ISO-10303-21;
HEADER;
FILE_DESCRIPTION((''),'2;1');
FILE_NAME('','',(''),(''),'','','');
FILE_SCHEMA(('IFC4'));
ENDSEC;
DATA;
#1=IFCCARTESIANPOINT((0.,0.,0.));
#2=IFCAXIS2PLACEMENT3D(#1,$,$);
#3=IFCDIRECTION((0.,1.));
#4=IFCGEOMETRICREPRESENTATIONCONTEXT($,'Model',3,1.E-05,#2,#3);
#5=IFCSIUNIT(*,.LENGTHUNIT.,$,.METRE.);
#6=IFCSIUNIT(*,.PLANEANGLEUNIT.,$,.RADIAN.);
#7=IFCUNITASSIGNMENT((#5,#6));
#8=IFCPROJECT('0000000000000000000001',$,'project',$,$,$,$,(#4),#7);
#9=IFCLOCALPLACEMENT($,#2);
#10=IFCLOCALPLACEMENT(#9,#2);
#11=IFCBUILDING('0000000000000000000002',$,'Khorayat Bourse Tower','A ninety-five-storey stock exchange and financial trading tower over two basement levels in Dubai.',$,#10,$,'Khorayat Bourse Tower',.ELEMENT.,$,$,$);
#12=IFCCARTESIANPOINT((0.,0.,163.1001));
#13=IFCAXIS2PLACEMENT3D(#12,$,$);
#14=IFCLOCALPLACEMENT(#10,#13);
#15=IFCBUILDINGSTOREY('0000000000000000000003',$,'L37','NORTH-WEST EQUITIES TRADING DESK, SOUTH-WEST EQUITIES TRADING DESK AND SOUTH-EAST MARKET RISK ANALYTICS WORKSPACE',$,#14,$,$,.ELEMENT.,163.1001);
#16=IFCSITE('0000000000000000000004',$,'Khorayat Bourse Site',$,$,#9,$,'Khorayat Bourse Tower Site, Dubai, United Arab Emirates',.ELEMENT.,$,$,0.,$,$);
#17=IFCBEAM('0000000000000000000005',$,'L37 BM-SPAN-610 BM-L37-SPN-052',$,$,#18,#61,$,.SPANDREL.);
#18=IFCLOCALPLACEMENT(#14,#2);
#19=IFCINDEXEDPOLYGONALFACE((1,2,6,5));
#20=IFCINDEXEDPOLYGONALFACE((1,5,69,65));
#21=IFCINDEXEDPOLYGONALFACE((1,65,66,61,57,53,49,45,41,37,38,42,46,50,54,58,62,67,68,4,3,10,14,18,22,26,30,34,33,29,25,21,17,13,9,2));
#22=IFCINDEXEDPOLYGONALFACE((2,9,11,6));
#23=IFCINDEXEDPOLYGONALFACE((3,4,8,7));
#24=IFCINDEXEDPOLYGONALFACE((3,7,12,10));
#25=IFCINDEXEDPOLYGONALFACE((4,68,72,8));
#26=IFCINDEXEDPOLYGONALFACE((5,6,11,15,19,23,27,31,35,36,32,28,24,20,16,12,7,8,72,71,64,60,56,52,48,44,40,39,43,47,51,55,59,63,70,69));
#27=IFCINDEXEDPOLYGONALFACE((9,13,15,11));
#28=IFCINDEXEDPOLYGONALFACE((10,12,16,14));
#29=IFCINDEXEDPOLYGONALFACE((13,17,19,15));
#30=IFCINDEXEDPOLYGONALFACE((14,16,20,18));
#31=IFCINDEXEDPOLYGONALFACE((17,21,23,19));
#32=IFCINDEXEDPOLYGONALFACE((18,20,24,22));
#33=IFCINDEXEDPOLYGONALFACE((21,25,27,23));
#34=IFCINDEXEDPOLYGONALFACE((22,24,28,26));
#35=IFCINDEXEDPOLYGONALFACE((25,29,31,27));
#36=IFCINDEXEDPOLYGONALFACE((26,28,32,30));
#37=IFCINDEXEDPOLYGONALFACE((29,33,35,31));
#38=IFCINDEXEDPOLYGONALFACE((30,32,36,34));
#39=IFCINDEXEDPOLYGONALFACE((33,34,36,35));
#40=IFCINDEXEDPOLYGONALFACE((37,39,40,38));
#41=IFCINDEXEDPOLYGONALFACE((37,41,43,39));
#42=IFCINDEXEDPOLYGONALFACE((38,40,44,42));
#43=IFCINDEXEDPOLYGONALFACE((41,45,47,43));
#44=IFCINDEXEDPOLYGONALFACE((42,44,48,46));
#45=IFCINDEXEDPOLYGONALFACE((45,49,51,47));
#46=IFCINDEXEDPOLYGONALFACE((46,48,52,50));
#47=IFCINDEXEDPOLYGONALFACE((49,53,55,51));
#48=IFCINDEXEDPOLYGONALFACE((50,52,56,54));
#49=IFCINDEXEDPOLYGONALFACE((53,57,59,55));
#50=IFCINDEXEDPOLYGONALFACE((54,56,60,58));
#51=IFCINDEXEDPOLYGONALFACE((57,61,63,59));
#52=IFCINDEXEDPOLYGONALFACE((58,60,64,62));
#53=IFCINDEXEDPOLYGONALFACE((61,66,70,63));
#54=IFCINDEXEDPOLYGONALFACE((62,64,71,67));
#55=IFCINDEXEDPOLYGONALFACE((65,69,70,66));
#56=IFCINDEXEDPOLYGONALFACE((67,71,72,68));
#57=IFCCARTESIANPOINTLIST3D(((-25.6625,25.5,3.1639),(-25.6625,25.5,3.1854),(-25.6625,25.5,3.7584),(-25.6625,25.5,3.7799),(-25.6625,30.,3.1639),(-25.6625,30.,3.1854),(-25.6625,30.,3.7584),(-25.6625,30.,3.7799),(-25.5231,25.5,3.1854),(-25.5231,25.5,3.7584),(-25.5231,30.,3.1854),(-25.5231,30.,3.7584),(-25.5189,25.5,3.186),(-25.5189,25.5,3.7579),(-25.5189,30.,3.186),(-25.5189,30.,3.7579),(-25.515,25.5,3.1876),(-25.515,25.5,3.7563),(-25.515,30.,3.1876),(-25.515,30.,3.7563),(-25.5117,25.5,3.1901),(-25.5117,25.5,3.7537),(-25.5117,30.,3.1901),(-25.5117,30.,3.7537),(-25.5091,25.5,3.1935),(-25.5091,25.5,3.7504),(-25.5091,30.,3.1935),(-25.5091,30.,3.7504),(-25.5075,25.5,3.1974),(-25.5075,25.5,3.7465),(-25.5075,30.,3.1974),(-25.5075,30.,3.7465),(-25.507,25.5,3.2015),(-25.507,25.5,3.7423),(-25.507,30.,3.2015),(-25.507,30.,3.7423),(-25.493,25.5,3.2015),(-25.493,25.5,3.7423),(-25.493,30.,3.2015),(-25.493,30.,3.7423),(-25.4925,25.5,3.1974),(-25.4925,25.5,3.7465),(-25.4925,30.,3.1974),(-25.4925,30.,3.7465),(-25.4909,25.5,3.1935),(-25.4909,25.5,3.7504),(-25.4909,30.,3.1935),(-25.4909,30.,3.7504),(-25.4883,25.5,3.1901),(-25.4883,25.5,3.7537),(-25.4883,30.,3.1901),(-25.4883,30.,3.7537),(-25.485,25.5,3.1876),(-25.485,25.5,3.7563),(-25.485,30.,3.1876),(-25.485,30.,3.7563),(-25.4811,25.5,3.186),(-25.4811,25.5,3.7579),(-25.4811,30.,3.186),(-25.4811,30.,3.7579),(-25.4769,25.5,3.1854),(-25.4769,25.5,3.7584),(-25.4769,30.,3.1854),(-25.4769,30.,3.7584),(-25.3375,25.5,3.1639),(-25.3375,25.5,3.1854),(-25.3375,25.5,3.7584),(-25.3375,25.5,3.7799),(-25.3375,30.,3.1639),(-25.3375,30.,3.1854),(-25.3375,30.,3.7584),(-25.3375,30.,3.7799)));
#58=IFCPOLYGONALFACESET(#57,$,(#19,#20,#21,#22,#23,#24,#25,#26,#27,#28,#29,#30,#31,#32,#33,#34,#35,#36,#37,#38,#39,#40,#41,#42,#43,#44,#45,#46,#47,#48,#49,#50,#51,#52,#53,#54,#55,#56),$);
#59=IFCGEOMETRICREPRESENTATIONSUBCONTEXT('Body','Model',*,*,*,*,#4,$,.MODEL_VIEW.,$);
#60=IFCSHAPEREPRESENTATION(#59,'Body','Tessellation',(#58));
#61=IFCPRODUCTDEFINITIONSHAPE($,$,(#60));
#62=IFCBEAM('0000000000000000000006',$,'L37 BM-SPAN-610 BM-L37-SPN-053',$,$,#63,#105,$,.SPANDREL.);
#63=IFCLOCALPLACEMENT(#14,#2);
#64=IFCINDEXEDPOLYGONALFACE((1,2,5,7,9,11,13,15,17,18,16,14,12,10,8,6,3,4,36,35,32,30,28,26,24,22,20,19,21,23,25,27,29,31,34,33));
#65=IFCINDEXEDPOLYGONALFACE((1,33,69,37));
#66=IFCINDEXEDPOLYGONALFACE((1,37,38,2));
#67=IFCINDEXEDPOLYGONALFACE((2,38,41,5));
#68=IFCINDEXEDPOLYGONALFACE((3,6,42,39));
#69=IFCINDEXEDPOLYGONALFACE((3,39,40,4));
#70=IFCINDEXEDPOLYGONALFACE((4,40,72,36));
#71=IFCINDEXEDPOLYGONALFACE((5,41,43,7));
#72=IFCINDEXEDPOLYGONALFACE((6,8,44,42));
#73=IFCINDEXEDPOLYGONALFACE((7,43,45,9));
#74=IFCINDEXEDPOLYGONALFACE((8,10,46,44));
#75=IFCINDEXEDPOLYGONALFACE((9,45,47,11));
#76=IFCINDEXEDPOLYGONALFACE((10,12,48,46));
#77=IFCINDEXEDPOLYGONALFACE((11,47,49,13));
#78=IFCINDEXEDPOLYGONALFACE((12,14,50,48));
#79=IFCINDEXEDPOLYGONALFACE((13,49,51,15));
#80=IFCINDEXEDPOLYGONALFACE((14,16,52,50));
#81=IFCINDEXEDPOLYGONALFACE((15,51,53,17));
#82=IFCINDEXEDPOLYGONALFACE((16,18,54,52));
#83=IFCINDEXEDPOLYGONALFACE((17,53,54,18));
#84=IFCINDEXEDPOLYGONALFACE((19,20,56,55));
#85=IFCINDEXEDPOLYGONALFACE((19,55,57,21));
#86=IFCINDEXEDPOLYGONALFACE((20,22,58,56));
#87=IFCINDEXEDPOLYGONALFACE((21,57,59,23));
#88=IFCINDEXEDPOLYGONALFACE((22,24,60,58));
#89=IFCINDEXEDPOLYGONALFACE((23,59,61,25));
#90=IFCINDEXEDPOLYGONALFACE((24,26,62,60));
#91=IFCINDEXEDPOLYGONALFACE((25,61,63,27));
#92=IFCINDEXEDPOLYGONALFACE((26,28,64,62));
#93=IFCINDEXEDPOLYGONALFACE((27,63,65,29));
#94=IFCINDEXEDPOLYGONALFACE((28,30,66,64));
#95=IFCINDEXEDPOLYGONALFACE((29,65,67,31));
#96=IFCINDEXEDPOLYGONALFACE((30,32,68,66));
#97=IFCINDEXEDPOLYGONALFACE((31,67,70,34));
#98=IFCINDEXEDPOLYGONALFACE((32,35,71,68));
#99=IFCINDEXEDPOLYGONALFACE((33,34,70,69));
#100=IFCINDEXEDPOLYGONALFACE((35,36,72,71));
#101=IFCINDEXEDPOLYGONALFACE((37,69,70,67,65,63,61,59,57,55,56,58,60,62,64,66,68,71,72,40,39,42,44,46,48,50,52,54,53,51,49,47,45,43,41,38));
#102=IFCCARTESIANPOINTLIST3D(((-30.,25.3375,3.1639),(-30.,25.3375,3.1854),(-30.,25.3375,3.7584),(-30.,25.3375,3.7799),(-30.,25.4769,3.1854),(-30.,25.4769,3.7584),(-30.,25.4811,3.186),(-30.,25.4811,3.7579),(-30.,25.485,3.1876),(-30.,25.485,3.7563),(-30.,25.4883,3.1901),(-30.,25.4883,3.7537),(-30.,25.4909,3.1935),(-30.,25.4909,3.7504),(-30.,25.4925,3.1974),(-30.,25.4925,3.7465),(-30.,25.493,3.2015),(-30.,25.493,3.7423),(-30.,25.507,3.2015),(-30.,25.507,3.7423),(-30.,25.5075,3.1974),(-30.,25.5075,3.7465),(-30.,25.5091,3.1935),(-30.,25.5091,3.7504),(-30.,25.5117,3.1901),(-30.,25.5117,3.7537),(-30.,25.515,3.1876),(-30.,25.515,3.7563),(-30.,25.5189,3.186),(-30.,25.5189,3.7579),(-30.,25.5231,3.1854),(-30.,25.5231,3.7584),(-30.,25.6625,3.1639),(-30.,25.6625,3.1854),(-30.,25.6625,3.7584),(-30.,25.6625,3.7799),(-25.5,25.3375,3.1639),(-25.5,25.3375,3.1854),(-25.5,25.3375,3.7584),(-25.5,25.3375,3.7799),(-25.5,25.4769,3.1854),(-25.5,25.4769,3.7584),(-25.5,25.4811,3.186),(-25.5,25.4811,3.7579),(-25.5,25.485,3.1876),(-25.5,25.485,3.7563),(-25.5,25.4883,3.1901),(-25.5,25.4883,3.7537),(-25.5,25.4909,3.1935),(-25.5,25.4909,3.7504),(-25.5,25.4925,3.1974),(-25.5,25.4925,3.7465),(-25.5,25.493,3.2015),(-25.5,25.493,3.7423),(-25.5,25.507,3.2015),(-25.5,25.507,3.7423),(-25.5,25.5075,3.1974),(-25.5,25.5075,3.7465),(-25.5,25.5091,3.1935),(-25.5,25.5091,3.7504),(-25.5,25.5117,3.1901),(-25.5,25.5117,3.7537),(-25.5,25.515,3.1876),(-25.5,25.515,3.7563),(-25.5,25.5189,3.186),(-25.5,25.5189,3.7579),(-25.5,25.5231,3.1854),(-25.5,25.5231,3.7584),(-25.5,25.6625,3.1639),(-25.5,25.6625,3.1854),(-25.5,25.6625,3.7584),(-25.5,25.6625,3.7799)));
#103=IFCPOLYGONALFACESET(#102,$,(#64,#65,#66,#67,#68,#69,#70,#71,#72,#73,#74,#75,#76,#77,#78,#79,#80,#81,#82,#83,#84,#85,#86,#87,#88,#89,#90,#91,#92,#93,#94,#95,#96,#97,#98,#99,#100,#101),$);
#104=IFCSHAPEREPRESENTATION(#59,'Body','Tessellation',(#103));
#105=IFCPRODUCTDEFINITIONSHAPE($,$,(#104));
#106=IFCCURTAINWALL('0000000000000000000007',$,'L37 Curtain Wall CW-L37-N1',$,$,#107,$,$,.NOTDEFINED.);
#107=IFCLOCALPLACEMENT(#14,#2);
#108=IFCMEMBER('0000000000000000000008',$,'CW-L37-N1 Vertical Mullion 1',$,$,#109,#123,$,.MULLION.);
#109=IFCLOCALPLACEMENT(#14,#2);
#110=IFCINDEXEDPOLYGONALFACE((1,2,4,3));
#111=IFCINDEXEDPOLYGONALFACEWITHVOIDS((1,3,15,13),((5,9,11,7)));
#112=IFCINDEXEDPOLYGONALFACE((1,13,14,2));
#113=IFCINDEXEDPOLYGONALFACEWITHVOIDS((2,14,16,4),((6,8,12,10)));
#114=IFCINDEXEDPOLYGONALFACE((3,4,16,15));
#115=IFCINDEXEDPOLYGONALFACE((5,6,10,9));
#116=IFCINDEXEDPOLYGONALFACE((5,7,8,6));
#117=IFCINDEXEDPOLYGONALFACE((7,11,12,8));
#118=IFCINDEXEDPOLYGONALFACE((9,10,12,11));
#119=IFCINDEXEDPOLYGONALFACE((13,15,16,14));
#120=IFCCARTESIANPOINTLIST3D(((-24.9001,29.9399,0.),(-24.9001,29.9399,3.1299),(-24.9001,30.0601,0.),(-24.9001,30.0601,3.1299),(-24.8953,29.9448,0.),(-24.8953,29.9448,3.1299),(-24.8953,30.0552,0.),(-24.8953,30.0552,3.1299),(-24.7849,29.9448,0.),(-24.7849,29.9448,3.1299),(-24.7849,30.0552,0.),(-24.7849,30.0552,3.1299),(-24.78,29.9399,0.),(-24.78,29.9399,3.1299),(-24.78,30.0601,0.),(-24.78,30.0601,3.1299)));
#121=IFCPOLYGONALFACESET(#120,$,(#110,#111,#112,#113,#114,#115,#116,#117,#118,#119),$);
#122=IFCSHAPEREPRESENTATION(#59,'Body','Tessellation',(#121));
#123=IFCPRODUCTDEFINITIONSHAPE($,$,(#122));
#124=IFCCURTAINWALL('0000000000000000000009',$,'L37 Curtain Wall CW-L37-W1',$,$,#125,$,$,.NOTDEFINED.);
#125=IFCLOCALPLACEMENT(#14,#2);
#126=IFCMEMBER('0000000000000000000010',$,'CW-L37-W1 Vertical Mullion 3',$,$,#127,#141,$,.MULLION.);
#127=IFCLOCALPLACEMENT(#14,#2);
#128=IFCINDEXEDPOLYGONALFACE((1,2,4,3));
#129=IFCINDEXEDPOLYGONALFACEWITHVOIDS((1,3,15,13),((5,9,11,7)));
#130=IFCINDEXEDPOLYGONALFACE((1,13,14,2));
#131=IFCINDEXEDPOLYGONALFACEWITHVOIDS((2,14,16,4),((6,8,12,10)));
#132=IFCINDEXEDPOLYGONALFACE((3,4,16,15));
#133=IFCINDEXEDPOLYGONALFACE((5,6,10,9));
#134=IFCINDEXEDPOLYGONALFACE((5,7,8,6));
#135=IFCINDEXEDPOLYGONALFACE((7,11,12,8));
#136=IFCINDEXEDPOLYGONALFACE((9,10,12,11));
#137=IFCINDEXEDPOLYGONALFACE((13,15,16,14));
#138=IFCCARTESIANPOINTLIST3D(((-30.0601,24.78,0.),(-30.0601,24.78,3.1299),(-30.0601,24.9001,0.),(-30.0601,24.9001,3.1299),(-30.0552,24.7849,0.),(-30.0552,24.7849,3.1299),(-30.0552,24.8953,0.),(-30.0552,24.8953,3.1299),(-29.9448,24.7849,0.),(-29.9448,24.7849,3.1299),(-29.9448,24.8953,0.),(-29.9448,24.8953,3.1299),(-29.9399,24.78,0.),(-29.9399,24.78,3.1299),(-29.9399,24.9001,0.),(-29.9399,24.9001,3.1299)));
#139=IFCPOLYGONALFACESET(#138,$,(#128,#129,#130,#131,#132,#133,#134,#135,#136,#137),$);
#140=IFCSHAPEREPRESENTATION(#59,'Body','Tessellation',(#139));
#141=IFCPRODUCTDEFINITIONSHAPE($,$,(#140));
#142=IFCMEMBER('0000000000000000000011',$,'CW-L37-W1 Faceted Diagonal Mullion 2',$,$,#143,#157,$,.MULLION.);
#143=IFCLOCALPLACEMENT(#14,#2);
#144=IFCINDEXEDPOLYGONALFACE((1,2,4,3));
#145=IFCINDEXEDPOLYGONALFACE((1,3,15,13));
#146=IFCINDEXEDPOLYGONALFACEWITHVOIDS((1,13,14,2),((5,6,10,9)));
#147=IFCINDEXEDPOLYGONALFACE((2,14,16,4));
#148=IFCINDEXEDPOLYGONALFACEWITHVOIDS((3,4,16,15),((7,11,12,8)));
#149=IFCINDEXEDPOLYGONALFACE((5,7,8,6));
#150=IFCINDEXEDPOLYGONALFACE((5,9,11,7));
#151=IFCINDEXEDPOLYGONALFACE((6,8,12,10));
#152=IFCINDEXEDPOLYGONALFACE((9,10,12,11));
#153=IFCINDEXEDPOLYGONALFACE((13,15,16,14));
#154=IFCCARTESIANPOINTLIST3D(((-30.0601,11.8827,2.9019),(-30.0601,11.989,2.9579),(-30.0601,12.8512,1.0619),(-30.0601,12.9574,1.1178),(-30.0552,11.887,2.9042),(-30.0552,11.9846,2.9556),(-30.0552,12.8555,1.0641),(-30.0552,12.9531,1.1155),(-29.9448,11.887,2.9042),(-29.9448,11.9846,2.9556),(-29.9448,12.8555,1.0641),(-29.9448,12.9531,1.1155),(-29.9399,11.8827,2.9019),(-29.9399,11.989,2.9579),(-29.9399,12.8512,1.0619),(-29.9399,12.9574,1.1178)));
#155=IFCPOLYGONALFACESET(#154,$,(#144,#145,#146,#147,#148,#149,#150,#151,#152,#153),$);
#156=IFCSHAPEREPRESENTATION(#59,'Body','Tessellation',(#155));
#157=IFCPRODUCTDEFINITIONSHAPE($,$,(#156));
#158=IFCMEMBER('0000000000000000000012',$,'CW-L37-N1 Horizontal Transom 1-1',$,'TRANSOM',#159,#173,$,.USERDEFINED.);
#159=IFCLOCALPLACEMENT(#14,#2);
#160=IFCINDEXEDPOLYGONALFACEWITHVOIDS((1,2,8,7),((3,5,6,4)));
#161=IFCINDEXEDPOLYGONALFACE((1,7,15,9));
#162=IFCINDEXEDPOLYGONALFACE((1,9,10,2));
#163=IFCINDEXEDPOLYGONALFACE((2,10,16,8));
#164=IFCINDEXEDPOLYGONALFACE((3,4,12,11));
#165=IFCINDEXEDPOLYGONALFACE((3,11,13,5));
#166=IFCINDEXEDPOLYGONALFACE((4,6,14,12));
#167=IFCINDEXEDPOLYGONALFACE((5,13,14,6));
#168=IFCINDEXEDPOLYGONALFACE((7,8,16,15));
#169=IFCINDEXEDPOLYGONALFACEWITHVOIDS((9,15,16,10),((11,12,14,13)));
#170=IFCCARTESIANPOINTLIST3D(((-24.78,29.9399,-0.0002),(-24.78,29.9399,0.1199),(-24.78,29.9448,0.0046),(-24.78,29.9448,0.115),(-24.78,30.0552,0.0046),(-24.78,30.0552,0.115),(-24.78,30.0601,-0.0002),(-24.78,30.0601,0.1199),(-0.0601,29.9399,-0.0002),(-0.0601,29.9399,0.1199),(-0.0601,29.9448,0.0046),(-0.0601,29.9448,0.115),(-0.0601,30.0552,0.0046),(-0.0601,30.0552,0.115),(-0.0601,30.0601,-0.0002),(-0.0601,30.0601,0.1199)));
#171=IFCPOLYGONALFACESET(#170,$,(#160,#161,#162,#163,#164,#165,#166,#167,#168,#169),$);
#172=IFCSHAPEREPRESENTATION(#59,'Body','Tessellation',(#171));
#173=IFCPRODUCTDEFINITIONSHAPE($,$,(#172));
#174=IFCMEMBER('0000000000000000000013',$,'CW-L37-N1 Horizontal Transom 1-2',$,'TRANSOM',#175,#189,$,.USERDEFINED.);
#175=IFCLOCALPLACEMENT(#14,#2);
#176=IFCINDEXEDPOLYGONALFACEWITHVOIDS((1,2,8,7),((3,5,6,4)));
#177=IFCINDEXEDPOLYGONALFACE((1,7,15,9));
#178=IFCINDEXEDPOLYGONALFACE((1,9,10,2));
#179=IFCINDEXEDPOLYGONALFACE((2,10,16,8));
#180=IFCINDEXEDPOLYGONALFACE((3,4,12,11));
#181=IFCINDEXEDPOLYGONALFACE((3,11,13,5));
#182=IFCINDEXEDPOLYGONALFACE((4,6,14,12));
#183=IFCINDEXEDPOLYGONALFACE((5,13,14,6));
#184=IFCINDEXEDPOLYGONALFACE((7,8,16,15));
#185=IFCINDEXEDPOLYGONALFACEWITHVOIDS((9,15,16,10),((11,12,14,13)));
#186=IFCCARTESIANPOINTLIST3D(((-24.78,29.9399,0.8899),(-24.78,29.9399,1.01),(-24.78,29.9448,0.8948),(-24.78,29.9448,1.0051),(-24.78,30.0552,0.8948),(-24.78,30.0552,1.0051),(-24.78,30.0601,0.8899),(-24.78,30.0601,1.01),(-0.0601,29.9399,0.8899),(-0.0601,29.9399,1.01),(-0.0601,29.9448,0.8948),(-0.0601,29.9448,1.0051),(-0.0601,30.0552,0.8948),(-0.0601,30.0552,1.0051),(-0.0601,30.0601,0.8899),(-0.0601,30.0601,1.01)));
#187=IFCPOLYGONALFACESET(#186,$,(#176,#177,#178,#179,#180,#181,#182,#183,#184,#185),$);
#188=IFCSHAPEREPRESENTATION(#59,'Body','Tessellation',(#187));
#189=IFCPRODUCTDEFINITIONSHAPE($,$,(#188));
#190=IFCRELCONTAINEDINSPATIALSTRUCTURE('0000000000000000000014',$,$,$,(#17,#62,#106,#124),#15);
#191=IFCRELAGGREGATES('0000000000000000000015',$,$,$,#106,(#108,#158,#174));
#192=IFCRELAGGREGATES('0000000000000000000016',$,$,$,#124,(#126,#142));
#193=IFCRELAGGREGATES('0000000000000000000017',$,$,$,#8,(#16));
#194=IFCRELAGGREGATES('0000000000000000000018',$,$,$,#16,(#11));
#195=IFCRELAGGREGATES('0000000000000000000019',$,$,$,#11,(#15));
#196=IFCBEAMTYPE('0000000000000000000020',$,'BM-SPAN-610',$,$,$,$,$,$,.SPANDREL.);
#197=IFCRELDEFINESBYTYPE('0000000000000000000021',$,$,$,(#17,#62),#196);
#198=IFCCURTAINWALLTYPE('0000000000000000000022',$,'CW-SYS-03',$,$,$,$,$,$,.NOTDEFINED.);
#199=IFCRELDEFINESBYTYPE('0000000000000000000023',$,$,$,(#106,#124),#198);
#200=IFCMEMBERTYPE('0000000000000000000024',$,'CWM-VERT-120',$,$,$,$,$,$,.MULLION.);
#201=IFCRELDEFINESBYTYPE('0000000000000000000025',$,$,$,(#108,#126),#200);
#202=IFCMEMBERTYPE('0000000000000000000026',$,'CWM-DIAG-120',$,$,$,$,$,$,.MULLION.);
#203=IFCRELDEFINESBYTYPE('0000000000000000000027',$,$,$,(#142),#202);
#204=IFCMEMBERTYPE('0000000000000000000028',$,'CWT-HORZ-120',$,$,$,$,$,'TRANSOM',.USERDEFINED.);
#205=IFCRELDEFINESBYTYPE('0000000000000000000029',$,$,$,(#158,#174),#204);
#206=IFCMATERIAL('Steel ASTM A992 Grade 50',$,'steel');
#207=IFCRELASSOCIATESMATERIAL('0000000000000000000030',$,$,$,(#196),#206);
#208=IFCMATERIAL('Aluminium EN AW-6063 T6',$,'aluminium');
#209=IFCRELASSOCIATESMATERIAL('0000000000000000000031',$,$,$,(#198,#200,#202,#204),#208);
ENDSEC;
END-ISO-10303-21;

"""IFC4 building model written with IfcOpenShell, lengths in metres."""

from ifc_helpers import new_model, si_unit, direction, frame, origin, origin_2d, place, context, subcontext, project, spatial, hollow_rectangle, i_section, extrude, source, transform, mapped, material, material_profile, profile_set, type_object, element, aggregate, save


model = new_model("IFC4")

# Units and contexts
model_context = context("Model", 3, precision=1e-05, world=origin(), true_north=direction((0.0, 1.0)))
body_context = subcontext(model_context, "Body", "Model", "MODEL_VIEW")
ifc_project = project(units=[si_unit("LENGTHUNIT", "METRE"), si_unit("PLANEANGLEUNIT", "RADIAN")], contexts=[model_context])

# Site, building, storey
site_placement = place(None, origin())
site = spatial("IfcSite", under=ifc_project, at=site_placement, Name="Khorayat Bourse Site", LongName="Khorayat Bourse Tower Site, Dubai, United Arab Emirates", CompositionType="ELEMENT", RefElevation=0.0)
building_placement = place(site_placement, origin())
building = spatial("IfcBuilding", under=site, at=building_placement, Name="Khorayat Bourse Tower", Description="A ninety-five-storey stock exchange and financial trading tower over two basement levels in Dubai.", LongName="Khorayat Bourse Tower", CompositionType="ELEMENT")
storey_placement = place(building_placement, frame((0.0, 0.0, 163.1001)))
storey = spatial("IfcBuildingStorey", under=building, at=storey_placement, Name="L37", Description="NORTH-WEST EQUITIES TRADING DESK, SOUTH-WEST EQUITIES TRADING DESK AND SOUTH-EAST MARKET RISK ANALYTICS WORKSPACE", CompositionType="ELEMENT", Elevation=163.1001)

# Beams
ifc_material_1 = material(Name="Steel ASTM A992 Grade 50", Category="steel")
ifc_material_profile_1 = material_profile(ifc_material_1, i_section(OverallWidth=0.325, OverallDepth=0.616, WebThickness=0.0139, FlangeThickness=0.0215, FilletRadius=0.0161, at=origin_2d()), Name="W610X174")
ifc_profile_set_1 = profile_set([ifc_material_profile_1], Name="Steel ASTM A992 Grade 50")
beam_type_1 = type_object("IfcBeamType", Name="BM-SPAN-610", PredefinedType="SPANDREL", material=ifc_profile_set_1)
shared_shape_1 = source(origin(), body_context, "Body", "SweptSolid", [
    extrude(i_section(OverallWidth=0.325, OverallDepth=0.616, WebThickness=0.0139, FlangeThickness=0.0215, FilletRadius=0.0161, at=origin_2d()), origin(), (0.0, 0.0, 1.0), 4.5),
])
for number, where, z_axis, x_axis, name in (
    (1, (-25.5, 25.5, 3.4719), (0.0, 1.0, 0.0), (-1.0, 0.0, 0.0), "L37 BM-SPAN-610 BM-L37-SPN-052"),
    (2, (-30.0, 25.5, 3.4719), (1.0, 0.0, 0.0), (0.0, 1.0, 0.0), "L37 BM-SPAN-610 BM-L37-SPN-053"),
):
    element("IfcBeam", number, at=place(storey_placement, frame(where, z_axis=z_axis, x_axis=x_axis)), inside=storey, type_object=beam_type_1, Name=name, PredefinedType="SPANDREL", context=body_context, shape_type="MappedRepresentation", body=[
        mapped(shared_shape_1, transform((0.0, 0.0, 0.0), scale=1.0)),
    ])

# Curtain wall, member
ifc_material_2 = material(Name="Aluminium EN AW-6063 T6", Category="aluminium")
curtain_wall_type = type_object("IfcCurtainWallType", Name="CW-SYS-03", PredefinedType="NOTDEFINED", material=ifc_material_2)
curtain_wall_1_placement = place(storey_placement, origin())
curtain_wall_1 = element("IfcCurtainWall", 3, at=curtain_wall_1_placement, inside=storey, type_object=curtain_wall_type, Name="L37 Curtain Wall CW-L37-N1", PredefinedType="NOTDEFINED")
ifc_material_profile_2 = material_profile(ifc_material_2, hollow_rectangle(XDim=0.1201, YDim=0.1201, WallThickness=0.0049, at=origin_2d()), Name="ALU 120x120x5")
ifc_profile_set_2 = profile_set([ifc_material_profile_2], Name="Aluminium EN AW-6063 T6")
member_type_1 = type_object("IfcMemberType", Name="CWM-VERT-120", PredefinedType="MULLION", material=ifc_profile_set_2)
shared_shape_2 = source(origin(), body_context, "Body", "SweptSolid", [
    extrude(hollow_rectangle(XDim=0.1201, YDim=0.1201, WallThickness=0.0049, at=origin_2d()), origin(), (0.0, 0.0, 1.0), 3.1299),
])
member_1_placement = place(storey_placement, frame((-24.8401, 30.0, 0.0), z_axis=(0.0, 0.0, 1.0), x_axis=(0.0, 1.0, 0.0)))
member_1 = element("IfcMember", 4, at=member_1_placement, type_object=member_type_1, Name="CW-L37-N1 Vertical Mullion 1", PredefinedType="MULLION", context=body_context, shape_type="MappedRepresentation", body=[
    mapped(shared_shape_2, transform((0.0, 0.0, 0.0), scale=1.0)),
])

# Curtain wall, members
curtain_wall_2_placement = place(storey_placement, origin())
curtain_wall_2 = element("IfcCurtainWall", 5, at=curtain_wall_2_placement, inside=storey, type_object=curtain_wall_type, Name="L37 Curtain Wall CW-L37-W1", PredefinedType="NOTDEFINED")
member_2_placement = place(storey_placement, frame((-30.0, 24.8401, 0.0), z_axis=(0.0, 0.0, 1.0), x_axis=(-1.0, 0.0, 0.0)))
member_2 = element("IfcMember", 6, at=member_2_placement, type_object=member_type_1, Name="CW-L37-W1 Vertical Mullion 3", PredefinedType="MULLION", context=body_context, shape_type="MappedRepresentation", body=[
    mapped(shared_shape_2, transform((0.0, 0.0, 0.0), scale=1.0)),
])
ifc_material_profile_3 = material_profile(ifc_material_2, hollow_rectangle(XDim=0.1201, YDim=0.1201, WallThickness=0.0049, at=origin_2d()), Name="ALU 120x120x5")
ifc_profile_set_3 = profile_set([ifc_material_profile_3], Name="Aluminium EN AW-6063 T6")
member_type_2 = type_object("IfcMemberType", Name="CWM-DIAG-120", PredefinedType="MULLION", material=ifc_profile_set_3)
shared_shape_3 = source(origin(), body_context, "Body", "SweptSolid", [
    extrude(hollow_rectangle(XDim=0.1201, YDim=0.1201, WallThickness=0.0049, at=origin_2d()), origin(), (0.0, 0.0, 1.0), 2.0793),
])
member_3_placement = place(storey_placement, frame((-30.0, 12.9043, 1.0898), z_axis=(0.0, -0.465761, 0.884911), x_axis=(1.0, 0.0, 0.0)))
member_3 = element("IfcMember", 7, at=member_3_placement, type_object=member_type_2, Name="CW-L37-W1 Faceted Diagonal Mullion 2", PredefinedType="MULLION", context=body_context, shape_type="MappedRepresentation", body=[
    mapped(shared_shape_3, transform((0.0, 0.0, 0.0), scale=1.0)),
])

# Members
ifc_material_profile_4 = material_profile(ifc_material_2, hollow_rectangle(XDim=0.1201, YDim=0.1201, WallThickness=0.0049, at=origin_2d()), Name="ALU 120x120x5")
ifc_profile_set_4 = profile_set([ifc_material_profile_4], Name="Aluminium EN AW-6063 T6")
member_type_3 = type_object("IfcMemberType", Name="CWT-HORZ-120", ElementType="TRANSOM", PredefinedType="USERDEFINED", material=ifc_profile_set_4)
shared_shape_4 = source(origin(), body_context, "Body", "SweptSolid", [
    extrude(hollow_rectangle(XDim=0.1201, YDim=0.1201, WallThickness=0.0049, at=origin_2d()), origin(), (0.0, 0.0, 1.0), 24.72),
])
member_4_placement = place(storey_placement, frame((-24.78, 30.0, 0.0598), z_axis=(1.0, 0.0, 0.0), x_axis=(0.0, 1.0, 0.0)))
member_4 = element("IfcMember", 8, at=member_4_placement, type_object=member_type_3, Name="CW-L37-N1 Horizontal Transom 1-1", ObjectType="TRANSOM", PredefinedType="USERDEFINED", context=body_context, shape_type="MappedRepresentation", body=[
    mapped(shared_shape_4, transform((0.0, 0.0, 0.0), scale=1.0)),
])
member_5_placement = place(storey_placement, frame((-24.78, 30.0, 0.95), z_axis=(1.0, 0.0, 0.0), x_axis=(0.0, 1.0, 0.0)))
member_5 = element("IfcMember", 9, at=member_5_placement, type_object=member_type_3, Name="CW-L37-N1 Horizontal Transom 1-2", ObjectType="TRANSOM", PredefinedType="USERDEFINED", context=body_context, shape_type="MappedRepresentation", body=[
    mapped(shared_shape_4, transform((0.0, 0.0, 0.0), scale=1.0)),
])
aggregate(curtain_wall_1, [member_1, member_4, member_5])

aggregate(curtain_wall_2, [member_2, member_3])

save(model, "model.ifc")
